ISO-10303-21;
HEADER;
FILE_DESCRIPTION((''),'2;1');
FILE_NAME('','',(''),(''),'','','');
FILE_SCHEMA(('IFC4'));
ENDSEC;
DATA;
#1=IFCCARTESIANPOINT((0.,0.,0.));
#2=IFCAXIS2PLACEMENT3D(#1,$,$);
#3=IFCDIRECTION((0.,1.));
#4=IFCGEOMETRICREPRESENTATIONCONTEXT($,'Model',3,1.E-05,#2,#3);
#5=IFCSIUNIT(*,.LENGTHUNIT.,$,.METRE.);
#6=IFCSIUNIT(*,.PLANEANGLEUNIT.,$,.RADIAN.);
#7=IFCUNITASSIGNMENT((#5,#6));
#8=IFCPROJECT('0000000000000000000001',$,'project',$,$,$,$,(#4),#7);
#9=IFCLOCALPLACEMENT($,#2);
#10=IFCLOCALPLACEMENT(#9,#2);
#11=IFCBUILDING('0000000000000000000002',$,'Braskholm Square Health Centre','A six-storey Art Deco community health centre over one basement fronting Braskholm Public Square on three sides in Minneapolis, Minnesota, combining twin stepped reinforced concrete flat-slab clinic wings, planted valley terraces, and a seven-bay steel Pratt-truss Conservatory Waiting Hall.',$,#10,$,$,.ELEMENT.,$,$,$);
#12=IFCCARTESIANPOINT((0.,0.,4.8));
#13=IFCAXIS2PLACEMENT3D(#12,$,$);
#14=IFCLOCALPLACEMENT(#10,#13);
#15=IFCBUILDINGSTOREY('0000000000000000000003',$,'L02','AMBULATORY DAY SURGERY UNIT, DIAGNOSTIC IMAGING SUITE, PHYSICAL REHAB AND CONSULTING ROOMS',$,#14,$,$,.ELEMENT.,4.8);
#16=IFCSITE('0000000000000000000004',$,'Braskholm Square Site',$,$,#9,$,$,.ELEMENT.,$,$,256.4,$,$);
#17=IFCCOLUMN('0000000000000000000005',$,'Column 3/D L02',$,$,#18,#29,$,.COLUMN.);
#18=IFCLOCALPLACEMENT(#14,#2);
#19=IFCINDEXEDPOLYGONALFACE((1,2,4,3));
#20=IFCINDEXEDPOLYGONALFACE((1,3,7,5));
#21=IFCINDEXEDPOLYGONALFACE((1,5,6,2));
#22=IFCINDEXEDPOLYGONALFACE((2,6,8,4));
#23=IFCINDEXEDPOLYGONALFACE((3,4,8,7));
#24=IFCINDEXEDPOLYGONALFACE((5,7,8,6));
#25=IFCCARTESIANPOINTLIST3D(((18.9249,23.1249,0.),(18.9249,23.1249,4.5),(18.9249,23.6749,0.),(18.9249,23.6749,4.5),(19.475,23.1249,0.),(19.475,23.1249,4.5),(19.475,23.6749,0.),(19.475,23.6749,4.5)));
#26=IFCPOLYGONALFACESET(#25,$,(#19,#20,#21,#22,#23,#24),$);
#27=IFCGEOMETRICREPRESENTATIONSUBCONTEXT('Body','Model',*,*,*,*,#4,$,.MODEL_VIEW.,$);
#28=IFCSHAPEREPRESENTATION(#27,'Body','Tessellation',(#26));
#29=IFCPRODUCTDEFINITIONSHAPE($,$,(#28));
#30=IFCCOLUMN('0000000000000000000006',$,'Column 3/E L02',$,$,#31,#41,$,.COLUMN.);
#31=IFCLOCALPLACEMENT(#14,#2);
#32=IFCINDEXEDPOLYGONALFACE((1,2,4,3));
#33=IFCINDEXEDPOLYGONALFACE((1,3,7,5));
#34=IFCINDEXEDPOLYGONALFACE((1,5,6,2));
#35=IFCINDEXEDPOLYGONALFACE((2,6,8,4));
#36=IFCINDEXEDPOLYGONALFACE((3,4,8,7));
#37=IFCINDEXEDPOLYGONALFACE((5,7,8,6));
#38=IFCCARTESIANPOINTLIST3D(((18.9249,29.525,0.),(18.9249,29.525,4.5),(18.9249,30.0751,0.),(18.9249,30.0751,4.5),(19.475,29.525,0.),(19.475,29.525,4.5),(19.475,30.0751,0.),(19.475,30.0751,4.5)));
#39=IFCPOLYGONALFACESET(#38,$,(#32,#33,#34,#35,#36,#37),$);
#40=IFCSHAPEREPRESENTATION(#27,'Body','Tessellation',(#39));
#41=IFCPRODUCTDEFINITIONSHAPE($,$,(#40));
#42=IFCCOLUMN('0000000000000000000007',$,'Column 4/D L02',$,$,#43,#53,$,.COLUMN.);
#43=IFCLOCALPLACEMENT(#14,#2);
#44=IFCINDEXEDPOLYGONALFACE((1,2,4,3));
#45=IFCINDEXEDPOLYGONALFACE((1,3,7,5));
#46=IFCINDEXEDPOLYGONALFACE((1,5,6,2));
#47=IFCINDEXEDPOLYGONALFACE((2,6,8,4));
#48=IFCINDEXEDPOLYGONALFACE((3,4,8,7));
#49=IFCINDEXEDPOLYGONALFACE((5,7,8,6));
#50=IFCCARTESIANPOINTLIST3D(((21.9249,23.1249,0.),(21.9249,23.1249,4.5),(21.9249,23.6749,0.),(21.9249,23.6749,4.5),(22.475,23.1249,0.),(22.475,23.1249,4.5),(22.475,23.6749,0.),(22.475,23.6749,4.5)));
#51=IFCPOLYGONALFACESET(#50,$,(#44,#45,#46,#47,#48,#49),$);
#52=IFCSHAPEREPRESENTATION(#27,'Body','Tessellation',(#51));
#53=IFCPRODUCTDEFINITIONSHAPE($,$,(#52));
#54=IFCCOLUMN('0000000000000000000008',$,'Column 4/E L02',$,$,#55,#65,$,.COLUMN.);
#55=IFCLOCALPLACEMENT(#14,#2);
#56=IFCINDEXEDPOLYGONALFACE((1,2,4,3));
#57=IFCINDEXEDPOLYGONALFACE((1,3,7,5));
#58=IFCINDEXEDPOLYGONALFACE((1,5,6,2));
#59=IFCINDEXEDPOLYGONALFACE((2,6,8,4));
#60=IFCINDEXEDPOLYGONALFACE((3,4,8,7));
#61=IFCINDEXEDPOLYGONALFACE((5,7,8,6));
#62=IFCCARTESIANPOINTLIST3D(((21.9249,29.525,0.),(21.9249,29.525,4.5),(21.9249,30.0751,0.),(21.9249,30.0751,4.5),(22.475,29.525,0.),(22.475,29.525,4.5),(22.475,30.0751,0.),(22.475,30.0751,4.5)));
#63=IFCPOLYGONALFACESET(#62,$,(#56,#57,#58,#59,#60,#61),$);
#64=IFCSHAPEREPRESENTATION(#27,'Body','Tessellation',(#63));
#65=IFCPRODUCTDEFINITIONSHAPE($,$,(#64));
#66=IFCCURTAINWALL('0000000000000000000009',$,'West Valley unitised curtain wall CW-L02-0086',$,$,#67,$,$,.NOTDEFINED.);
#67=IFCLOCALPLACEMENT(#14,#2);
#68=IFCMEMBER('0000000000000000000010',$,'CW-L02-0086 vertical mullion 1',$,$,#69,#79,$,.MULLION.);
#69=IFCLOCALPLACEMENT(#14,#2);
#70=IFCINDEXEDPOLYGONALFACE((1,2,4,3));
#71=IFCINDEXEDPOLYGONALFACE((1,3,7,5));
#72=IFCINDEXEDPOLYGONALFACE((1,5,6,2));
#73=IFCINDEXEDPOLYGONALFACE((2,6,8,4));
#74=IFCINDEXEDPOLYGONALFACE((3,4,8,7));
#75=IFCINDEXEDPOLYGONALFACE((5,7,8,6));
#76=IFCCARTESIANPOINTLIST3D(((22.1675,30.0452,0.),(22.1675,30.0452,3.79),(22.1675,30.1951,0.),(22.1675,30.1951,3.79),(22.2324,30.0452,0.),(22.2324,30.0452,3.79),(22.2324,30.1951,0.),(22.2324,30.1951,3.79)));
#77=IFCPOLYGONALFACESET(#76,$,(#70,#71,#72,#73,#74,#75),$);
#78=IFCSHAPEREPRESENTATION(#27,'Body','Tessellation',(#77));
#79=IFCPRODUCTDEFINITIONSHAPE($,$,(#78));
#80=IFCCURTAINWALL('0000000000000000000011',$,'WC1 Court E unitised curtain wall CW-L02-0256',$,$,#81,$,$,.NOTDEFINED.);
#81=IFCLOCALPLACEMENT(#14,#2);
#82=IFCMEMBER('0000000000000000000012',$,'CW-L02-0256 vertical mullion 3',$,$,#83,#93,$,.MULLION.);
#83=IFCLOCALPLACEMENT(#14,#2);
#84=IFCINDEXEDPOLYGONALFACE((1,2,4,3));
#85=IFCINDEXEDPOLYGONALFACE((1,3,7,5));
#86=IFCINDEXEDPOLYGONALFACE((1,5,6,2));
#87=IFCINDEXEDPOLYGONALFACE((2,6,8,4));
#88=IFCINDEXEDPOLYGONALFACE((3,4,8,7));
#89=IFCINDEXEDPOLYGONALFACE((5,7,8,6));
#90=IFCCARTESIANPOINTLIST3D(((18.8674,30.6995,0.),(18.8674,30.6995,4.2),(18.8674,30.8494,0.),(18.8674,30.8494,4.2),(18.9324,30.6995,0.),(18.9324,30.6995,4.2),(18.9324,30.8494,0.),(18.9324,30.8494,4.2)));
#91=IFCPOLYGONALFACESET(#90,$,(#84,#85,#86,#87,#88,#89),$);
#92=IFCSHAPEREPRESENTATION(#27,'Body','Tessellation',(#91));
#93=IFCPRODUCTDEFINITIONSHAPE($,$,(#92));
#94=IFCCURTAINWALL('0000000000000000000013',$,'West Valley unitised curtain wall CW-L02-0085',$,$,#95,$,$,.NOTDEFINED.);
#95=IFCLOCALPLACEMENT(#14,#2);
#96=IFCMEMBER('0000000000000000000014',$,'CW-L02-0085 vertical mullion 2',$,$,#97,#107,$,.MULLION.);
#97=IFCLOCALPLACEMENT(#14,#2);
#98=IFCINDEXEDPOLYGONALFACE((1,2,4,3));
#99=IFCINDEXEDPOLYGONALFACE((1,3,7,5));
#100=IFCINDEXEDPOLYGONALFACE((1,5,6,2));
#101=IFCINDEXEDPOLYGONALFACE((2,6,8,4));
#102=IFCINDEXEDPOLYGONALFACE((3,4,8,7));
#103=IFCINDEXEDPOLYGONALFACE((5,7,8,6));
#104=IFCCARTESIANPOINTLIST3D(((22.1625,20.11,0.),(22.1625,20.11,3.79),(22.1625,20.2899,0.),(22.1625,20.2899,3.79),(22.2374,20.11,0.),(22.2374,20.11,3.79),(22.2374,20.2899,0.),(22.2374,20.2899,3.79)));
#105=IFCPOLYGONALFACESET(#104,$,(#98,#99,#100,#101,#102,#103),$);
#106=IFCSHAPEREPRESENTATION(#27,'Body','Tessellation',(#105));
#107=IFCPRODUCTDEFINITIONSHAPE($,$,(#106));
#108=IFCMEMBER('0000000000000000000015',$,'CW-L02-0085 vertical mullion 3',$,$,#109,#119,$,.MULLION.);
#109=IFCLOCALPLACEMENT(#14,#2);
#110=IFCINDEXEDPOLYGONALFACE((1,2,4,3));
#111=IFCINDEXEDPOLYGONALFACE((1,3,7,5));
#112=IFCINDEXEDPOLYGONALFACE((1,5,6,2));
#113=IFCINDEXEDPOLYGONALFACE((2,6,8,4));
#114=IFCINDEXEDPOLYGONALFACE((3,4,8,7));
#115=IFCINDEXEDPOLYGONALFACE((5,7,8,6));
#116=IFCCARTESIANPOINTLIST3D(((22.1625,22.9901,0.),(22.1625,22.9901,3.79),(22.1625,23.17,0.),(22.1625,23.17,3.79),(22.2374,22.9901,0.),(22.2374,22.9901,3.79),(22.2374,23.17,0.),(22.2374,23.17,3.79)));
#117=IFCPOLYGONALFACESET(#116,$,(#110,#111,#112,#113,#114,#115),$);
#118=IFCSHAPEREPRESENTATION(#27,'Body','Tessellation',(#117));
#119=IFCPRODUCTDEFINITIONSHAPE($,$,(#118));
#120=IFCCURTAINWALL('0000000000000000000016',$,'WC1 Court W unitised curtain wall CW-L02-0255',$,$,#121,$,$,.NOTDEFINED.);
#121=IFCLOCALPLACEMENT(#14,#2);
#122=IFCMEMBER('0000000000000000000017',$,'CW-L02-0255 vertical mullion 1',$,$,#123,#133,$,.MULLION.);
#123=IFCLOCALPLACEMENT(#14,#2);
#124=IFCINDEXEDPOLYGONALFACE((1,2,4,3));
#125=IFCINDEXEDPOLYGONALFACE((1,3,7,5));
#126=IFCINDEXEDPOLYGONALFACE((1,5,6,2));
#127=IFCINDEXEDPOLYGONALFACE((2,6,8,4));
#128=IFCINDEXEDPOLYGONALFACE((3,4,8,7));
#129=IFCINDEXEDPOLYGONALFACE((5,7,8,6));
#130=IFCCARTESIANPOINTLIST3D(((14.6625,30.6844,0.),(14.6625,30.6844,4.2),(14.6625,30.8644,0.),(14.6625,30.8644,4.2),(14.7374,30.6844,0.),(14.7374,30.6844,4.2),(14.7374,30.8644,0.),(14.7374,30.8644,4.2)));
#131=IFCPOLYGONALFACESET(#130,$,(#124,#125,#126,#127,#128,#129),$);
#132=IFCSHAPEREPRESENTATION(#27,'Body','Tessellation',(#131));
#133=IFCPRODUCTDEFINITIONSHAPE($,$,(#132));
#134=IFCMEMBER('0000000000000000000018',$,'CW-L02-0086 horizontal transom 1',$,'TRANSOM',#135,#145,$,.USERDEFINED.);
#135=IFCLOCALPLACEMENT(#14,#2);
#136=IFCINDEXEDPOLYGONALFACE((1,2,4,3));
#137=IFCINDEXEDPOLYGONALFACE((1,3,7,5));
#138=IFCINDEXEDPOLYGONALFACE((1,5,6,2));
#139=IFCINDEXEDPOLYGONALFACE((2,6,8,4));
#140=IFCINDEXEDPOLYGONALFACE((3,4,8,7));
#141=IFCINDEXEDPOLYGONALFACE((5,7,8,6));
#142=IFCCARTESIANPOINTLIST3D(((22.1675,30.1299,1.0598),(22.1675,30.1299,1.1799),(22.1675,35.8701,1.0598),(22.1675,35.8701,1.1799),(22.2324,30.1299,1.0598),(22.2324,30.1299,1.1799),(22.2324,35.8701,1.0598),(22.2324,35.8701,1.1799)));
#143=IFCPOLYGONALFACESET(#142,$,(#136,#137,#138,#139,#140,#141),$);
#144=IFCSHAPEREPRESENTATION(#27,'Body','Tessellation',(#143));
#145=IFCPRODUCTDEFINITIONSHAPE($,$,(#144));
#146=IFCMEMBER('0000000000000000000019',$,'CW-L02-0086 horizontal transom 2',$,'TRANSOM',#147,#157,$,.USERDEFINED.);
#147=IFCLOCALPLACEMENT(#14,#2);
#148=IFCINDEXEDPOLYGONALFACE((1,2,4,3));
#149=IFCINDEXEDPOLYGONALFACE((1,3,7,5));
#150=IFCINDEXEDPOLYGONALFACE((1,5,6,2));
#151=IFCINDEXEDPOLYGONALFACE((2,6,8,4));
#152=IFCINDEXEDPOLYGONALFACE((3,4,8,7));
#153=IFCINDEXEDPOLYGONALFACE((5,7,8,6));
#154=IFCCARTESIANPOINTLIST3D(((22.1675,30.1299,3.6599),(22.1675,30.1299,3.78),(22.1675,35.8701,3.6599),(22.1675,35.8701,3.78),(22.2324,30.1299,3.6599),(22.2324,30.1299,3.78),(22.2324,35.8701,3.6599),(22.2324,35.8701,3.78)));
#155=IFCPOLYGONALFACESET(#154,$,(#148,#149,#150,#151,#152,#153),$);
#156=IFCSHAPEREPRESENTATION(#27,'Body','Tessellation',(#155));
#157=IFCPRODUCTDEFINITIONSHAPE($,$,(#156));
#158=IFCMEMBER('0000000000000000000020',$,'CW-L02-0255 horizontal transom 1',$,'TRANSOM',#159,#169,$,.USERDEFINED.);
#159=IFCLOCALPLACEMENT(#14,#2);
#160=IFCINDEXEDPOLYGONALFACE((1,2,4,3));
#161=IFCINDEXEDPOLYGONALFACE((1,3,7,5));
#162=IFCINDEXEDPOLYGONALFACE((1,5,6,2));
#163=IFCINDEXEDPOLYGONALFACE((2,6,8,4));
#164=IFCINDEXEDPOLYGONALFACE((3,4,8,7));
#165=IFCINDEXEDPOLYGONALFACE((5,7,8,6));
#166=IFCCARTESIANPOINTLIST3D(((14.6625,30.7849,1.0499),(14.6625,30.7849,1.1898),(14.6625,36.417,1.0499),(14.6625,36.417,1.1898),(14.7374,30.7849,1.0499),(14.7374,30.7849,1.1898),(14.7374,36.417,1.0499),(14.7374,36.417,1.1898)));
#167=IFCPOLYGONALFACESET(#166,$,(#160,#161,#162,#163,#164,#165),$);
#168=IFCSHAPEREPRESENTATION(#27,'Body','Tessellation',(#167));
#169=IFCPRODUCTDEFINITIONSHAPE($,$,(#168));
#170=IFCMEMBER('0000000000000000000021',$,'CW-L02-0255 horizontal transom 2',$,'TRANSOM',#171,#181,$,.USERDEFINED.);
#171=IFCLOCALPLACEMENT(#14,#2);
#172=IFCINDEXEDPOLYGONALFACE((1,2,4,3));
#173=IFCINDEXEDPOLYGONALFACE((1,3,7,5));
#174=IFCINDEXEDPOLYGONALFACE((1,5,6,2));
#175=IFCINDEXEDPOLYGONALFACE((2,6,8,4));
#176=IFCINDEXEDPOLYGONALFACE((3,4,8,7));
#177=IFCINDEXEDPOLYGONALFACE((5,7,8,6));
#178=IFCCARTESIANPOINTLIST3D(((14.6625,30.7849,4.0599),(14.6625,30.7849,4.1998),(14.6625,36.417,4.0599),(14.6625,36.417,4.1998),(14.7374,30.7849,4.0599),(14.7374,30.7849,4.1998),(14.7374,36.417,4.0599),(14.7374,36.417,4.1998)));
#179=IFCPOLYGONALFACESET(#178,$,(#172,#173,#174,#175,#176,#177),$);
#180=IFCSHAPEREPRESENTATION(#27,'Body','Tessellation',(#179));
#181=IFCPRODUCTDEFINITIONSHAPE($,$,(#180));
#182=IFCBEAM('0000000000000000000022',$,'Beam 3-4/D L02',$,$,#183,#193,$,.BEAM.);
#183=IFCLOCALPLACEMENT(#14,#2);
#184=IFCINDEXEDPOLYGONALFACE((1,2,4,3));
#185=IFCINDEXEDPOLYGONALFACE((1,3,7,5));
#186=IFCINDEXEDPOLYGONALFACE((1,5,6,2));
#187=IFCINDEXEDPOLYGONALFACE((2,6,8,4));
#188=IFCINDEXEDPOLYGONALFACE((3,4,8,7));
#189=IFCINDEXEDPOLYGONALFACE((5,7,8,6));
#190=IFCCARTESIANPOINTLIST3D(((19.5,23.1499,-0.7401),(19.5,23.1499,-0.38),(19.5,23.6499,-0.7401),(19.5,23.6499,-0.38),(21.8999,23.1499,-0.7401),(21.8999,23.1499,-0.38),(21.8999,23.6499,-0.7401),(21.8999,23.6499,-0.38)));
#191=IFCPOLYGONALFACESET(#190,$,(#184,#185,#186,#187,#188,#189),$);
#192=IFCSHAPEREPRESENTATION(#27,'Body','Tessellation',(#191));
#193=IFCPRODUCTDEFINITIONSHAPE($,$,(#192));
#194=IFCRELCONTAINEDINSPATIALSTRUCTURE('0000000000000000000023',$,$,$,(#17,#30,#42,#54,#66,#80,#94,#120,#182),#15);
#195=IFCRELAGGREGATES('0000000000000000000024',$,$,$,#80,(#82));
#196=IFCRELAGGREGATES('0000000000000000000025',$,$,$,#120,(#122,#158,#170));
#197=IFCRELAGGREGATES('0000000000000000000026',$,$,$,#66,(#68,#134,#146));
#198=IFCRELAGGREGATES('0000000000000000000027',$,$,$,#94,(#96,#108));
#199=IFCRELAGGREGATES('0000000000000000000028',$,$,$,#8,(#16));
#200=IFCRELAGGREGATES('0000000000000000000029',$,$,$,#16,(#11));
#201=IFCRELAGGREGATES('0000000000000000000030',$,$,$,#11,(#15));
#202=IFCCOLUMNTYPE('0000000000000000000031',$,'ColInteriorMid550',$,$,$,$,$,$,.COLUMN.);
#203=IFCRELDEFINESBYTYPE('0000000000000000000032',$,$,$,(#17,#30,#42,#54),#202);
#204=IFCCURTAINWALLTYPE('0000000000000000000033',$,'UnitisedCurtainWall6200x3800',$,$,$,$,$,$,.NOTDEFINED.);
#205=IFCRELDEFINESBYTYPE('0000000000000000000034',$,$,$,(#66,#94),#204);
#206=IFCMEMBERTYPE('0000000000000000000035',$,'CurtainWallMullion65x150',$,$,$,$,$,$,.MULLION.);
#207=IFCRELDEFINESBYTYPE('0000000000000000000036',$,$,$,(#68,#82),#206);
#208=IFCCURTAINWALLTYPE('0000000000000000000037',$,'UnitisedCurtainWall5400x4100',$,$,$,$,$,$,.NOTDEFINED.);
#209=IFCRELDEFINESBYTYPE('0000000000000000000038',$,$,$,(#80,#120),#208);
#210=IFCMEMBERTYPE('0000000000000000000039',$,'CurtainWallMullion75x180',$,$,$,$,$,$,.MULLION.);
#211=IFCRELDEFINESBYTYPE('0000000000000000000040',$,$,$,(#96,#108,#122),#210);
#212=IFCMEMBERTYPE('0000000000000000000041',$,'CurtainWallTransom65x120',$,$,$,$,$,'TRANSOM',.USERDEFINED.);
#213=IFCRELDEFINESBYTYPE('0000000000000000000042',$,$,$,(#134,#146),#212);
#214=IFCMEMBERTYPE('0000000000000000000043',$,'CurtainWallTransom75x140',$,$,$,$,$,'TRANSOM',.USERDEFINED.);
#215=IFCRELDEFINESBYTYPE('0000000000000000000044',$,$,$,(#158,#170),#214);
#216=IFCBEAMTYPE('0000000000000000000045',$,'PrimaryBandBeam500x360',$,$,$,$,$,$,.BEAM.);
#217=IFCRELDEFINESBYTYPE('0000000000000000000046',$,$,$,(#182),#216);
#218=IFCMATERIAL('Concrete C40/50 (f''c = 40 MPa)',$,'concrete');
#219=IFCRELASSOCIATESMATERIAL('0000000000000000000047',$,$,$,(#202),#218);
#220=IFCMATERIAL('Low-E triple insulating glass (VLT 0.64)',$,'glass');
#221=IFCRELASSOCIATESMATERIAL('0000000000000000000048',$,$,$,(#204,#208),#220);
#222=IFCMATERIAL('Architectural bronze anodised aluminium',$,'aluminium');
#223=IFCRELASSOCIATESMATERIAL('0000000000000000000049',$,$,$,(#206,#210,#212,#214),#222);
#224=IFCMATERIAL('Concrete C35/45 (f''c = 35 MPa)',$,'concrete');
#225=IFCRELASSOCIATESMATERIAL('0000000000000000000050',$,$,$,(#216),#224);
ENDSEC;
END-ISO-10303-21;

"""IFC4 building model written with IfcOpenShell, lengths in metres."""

from ifc_helpers import new_model, si_unit, direction, frame, origin, origin_2d, place, context, subcontext, project, spatial, rectangle, extrude, material, material_profile, profile_set, type_object, element, aggregate, save


model = new_model("IFC4")

# Units and contexts
model_context = context("Model", 3, precision=1e-05, world=origin(), true_north=direction((0.0, 1.0)))
body_context = subcontext(model_context, "Body", "Model", "MODEL_VIEW")
ifc_project = project(units=[si_unit("LENGTHUNIT", "METRE"), si_unit("PLANEANGLEUNIT", "RADIAN")], contexts=[model_context])

# Site, building, storey
site_placement = place(None, origin())
site = spatial("IfcSite", under=ifc_project, at=site_placement, Name="Braskholm Square Site", CompositionType="ELEMENT", RefElevation=256.4)
building_placement = place(site_placement, origin())
building = spatial("IfcBuilding", under=site, at=building_placement, Name="Braskholm Square Health Centre", Description="A six-storey Art Deco community health centre over one basement fronting Braskholm Public Square on three sides in Minneapolis, Minnesota, combining twin stepped reinforced concrete flat-slab clinic wings, planted valley terraces, and a seven-bay steel Pratt-truss Conservatory Waiting Hall.", CompositionType="ELEMENT")
storey_placement = place(building_placement, frame((0.0, 0.0, 4.8)))
storey = spatial("IfcBuildingStorey", under=building, at=storey_placement, Name="L02", Description="AMBULATORY DAY SURGERY UNIT, DIAGNOSTIC IMAGING SUITE, PHYSICAL REHAB AND CONSULTING ROOMS", CompositionType="ELEMENT", Elevation=4.8)

# Columns
ifc_material_1 = material(Name="Concrete C40/50 (f'c = 40 MPa)", Category="concrete")
ifc_material_profile_1 = material_profile(ifc_material_1, rectangle(XDim=0.55, YDim=0.55, at=origin_2d()), Name="RC-550X550")
ifc_profile_set_1 = profile_set([ifc_material_profile_1], Name="Concrete C40/50 (f'c = 40 MPa)")
column_type = type_object("IfcColumnType", Name="ColInteriorMid550", PredefinedType="COLUMN", material=ifc_profile_set_1)
for number, where, z_axis, x_axis, name in (
    (1, (19.2, 23.3999, 0.0), (0.0, 0.0, 1.0), (1.0, 0.0, 0.0), "Column 3/D L02"),
    (2, (19.2, 29.8, 0.0), (0.0, 0.0, 1.0), (1.0, 0.0, 0.0), "Column 3/E L02"),
    (3, (22.2, 23.3999, 0.0), (0.0, 0.0, 1.0), (1.0, 0.0, 0.0), "Column 4/D L02"),
    (4, (22.2, 29.8, 0.0), (0.0, 0.0, 1.0), (1.0, 0.0, 0.0), "Column 4/E L02"),
):
    element("IfcColumn", number, at=place(storey_placement, frame(where, z_axis=z_axis, x_axis=x_axis)), inside=storey, type_object=column_type, Name=name, PredefinedType="COLUMN", context=body_context, shape_type="SweptSolid", body=[
        extrude(rectangle(XDim=0.55, YDim=0.55, at=origin_2d()), origin(), (0.0, 0.0, 1.0), 4.5),
    ])

# Curtain walls, members
ifc_material_2 = material(Name="Low-E triple insulating glass (VLT 0.64)", Category="glass")
curtain_wall_type_1 = type_object("IfcCurtainWallType", Name="UnitisedCurtainWall6200x3800", PredefinedType="NOTDEFINED", material=ifc_material_2)
curtain_wall_1_placement = place(storey_placement, origin())
curtain_wall_1 = element("IfcCurtainWall", 5, at=curtain_wall_1_placement, inside=storey, type_object=curtain_wall_type_1, Name="West Valley unitised curtain wall CW-L02-0086", PredefinedType="NOTDEFINED")
ifc_material_3 = material(Name="Architectural bronze anodised aluminium", Category="aluminium")
ifc_material_profile_2 = material_profile(ifc_material_3, rectangle(XDim=0.0649, YDim=0.1499, at=origin_2d()), Name="ALU-65X150")
ifc_profile_set_2 = profile_set([ifc_material_profile_2], Name="Architectural bronze anodised aluminium")
member_type_1 = type_object("IfcMemberType", Name="CurtainWallMullion65x150", PredefinedType="MULLION", material=ifc_profile_set_2)
member_1_placement = place(storey_placement, frame((22.2, 30.1201, 0.0), z_axis=(0.0, 0.0, 1.0), x_axis=(1.0, 0.0, 0.0)))
member_1 = element("IfcMember", 6, at=member_1_placement, type_object=member_type_1, Name="CW-L02-0086 vertical mullion 1", PredefinedType="MULLION", context=body_context, shape_type="SweptSolid", body=[
    extrude(rectangle(XDim=0.0649, YDim=0.1499, at=origin_2d()), origin(), (0.0, 0.0, 1.0), 3.79),
])
curtain_wall_type_2 = type_object("IfcCurtainWallType", Name="UnitisedCurtainWall5400x4100", PredefinedType="NOTDEFINED", material=ifc_material_2)
curtain_wall_2_placement = place(storey_placement, origin())
curtain_wall_2 = element("IfcCurtainWall", 7, at=curtain_wall_2_placement, inside=storey, type_object=curtain_wall_type_2, Name="WC1 Court E unitised curtain wall CW-L02-0256", PredefinedType="NOTDEFINED")
member_2_placement = place(storey_placement, frame((18.8999, 30.7744, 0.0), z_axis=(0.0, 0.0, 1.0), x_axis=(1.0, 0.0, 0.0)))
member_2 = element("IfcMember", 8, at=member_2_placement, type_object=member_type_1, Name="CW-L02-0256 vertical mullion 3", PredefinedType="MULLION", context=body_context, shape_type="SweptSolid", body=[
    extrude(rectangle(XDim=0.0649, YDim=0.1499, at=origin_2d()), origin(), (0.0, 0.0, 1.0), 4.2),
])
aggregate(curtain_wall_2, [member_2])

# Curtain wall, members
curtain_wall_3_placement = place(storey_placement, origin())
curtain_wall_3 = element("IfcCurtainWall", 9, at=curtain_wall_3_placement, inside=storey, type_object=curtain_wall_type_1, Name="West Valley unitised curtain wall CW-L02-0085", PredefinedType="NOTDEFINED")
ifc_material_profile_3 = material_profile(ifc_material_3, rectangle(XDim=0.075, YDim=0.1799, at=origin_2d()), Name="ALU-75X180")
ifc_profile_set_3 = profile_set([ifc_material_profile_3], Name="Architectural bronze anodised aluminium")
member_type_2 = type_object("IfcMemberType", Name="CurtainWallMullion75x180", PredefinedType="MULLION", material=ifc_profile_set_3)
member_3_placement = place(storey_placement, frame((22.2, 20.2, 0.0), z_axis=(0.0, 0.0, 1.0), x_axis=(1.0, 0.0, 0.0)))
member_3 = element("IfcMember", 10, at=member_3_placement, type_object=member_type_2, Name="CW-L02-0085 vertical mullion 2", PredefinedType="MULLION", context=body_context, shape_type="SweptSolid", body=[
    extrude(rectangle(XDim=0.075, YDim=0.1799, at=origin_2d()), origin(), (0.0, 0.0, 1.0), 3.79),
])
member_4_placement = place(storey_placement, frame((22.2, 23.0801, 0.0), z_axis=(0.0, 0.0, 1.0), x_axis=(1.0, 0.0, 0.0)))
member_4 = element("IfcMember", 11, at=member_4_placement, type_object=member_type_2, Name="CW-L02-0085 vertical mullion 3", PredefinedType="MULLION", context=body_context, shape_type="SweptSolid", body=[
    extrude(rectangle(XDim=0.075, YDim=0.1799, at=origin_2d()), origin(), (0.0, 0.0, 1.0), 3.79),
])

# Curtain wall, member
curtain_wall_4_placement = place(storey_placement, origin())
curtain_wall_4 = element("IfcCurtainWall", 12, at=curtain_wall_4_placement, inside=storey, type_object=curtain_wall_type_2, Name="WC1 Court W unitised curtain wall CW-L02-0255", PredefinedType="NOTDEFINED")
member_5_placement = place(storey_placement, frame((14.7, 30.7744, 0.0), z_axis=(0.0, 0.0, 1.0), x_axis=(1.0, 0.0, 0.0)))
member_5 = element("IfcMember", 13, at=member_5_placement, type_object=member_type_2, Name="CW-L02-0255 vertical mullion 1", PredefinedType="MULLION", context=body_context, shape_type="SweptSolid", body=[
    extrude(rectangle(XDim=0.075, YDim=0.1799, at=origin_2d()), origin(), (0.0, 0.0, 1.0), 4.2),
])

# Members
ifc_material_profile_4 = material_profile(ifc_material_3, rectangle(XDim=0.0649, YDim=0.1201, at=origin_2d()), Name="ALU-65X120")
ifc_profile_set_4 = profile_set([ifc_material_profile_4], Name="Architectural bronze anodised aluminium")
member_type_3 = type_object("IfcMemberType", Name="CurtainWallTransom65x120", ElementType="TRANSOM", PredefinedType="USERDEFINED", material=ifc_profile_set_4)
member_6_placement = place(storey_placement, frame((22.2, 30.1299, 1.1199), z_axis=(0.0, 1.0, 0.0), x_axis=(-1.0, 0.0, 0.0)))
member_6 = element("IfcMember", 14, at=member_6_placement, type_object=member_type_3, Name="CW-L02-0086 horizontal transom 1", ObjectType="TRANSOM", PredefinedType="USERDEFINED", context=body_context, shape_type="SweptSolid", body=[
    extrude(rectangle(XDim=0.0649, YDim=0.1201, at=origin_2d()), origin(), (0.0, 0.0, 1.0), 5.7402),
])
member_7_placement = place(storey_placement, frame((22.2, 30.1299, 3.72), z_axis=(0.0, 1.0, 0.0), x_axis=(-1.0, 0.0, 0.0)))
member_7 = element("IfcMember", 15, at=member_7_placement, type_object=member_type_3, Name="CW-L02-0086 horizontal transom 2", ObjectType="TRANSOM", PredefinedType="USERDEFINED", context=body_context, shape_type="SweptSolid", body=[
    extrude(rectangle(XDim=0.0649, YDim=0.1201, at=origin_2d()), origin(), (0.0, 0.0, 1.0), 5.7402),
])
ifc_material_profile_5 = material_profile(ifc_material_3, rectangle(XDim=0.075, YDim=0.1399, at=origin_2d()), Name="ALU-75X140")
ifc_profile_set_5 = profile_set([ifc_material_profile_5], Name="Architectural bronze anodised aluminium")
member_type_4 = type_object("IfcMemberType", Name="CurtainWallTransom75x140", ElementType="TRANSOM", PredefinedType="USERDEFINED", material=ifc_profile_set_5)
member_8_placement = place(storey_placement, frame((14.7, 30.7849, 1.1199), z_axis=(0.0, 1.0, 0.0), x_axis=(-1.0, 0.0, 0.0)))
member_8 = element("IfcMember", 16, at=member_8_placement, type_object=member_type_4, Name="CW-L02-0255 horizontal transom 1", ObjectType="TRANSOM", PredefinedType="USERDEFINED", context=body_context, shape_type="SweptSolid", body=[
    extrude(rectangle(XDim=0.075, YDim=0.1399, at=origin_2d()), origin(), (0.0, 0.0, 1.0), 5.6321),
])
member_9_placement = place(storey_placement, frame((14.7, 30.7849, 4.1299), z_axis=(0.0, 1.0, 0.0), x_axis=(-1.0, 0.0, 0.0)))
member_9 = element("IfcMember", 17, at=member_9_placement, type_object=member_type_4, Name="CW-L02-0255 horizontal transom 2", ObjectType="TRANSOM", PredefinedType="USERDEFINED", context=body_context, shape_type="SweptSolid", body=[
    extrude(rectangle(XDim=0.075, YDim=0.1399, at=origin_2d()), origin(), (0.0, 0.0, 1.0), 5.6321),
])
aggregate(curtain_wall_4, [member_5, member_8, member_9])

# Beam
ifc_material_4 = material(Name="Concrete C35/45 (f'c = 35 MPa)", Category="concrete")
ifc_material_profile_6 = material_profile(ifc_material_4, rectangle(XDim=0.5, YDim=0.3601, at=origin_2d()), Name="RCB-500X360")
ifc_profile_set_6 = profile_set([ifc_material_profile_6], Name="Concrete C35/45 (f'c = 35 MPa)")
beam_type_1 = type_object("IfcBeamType", Name="PrimaryBandBeam500x360", PredefinedType="BEAM", material=ifc_profile_set_6)
beam_1_placement = place(storey_placement, frame((19.5, 23.3999, -0.5601), z_axis=(1.0, 0.0, 0.0), x_axis=(0.0, 1.0, 0.0)))
element("IfcBeam", 18, at=beam_1_placement, inside=storey, type_object=beam_type_1, Name="Beam 3-4/D L02", PredefinedType="BEAM", context=body_context, shape_type="SweptSolid", body=[
    extrude(rectangle(XDim=0.5, YDim=0.3601, at=origin_2d()), origin(), (0.0, 0.0, 1.0), 2.3999),
])

aggregate(curtain_wall_1, [member_1, member_6, member_7])
aggregate(curtain_wall_3, [member_3, member_4])

save(model, "model.ifc")
